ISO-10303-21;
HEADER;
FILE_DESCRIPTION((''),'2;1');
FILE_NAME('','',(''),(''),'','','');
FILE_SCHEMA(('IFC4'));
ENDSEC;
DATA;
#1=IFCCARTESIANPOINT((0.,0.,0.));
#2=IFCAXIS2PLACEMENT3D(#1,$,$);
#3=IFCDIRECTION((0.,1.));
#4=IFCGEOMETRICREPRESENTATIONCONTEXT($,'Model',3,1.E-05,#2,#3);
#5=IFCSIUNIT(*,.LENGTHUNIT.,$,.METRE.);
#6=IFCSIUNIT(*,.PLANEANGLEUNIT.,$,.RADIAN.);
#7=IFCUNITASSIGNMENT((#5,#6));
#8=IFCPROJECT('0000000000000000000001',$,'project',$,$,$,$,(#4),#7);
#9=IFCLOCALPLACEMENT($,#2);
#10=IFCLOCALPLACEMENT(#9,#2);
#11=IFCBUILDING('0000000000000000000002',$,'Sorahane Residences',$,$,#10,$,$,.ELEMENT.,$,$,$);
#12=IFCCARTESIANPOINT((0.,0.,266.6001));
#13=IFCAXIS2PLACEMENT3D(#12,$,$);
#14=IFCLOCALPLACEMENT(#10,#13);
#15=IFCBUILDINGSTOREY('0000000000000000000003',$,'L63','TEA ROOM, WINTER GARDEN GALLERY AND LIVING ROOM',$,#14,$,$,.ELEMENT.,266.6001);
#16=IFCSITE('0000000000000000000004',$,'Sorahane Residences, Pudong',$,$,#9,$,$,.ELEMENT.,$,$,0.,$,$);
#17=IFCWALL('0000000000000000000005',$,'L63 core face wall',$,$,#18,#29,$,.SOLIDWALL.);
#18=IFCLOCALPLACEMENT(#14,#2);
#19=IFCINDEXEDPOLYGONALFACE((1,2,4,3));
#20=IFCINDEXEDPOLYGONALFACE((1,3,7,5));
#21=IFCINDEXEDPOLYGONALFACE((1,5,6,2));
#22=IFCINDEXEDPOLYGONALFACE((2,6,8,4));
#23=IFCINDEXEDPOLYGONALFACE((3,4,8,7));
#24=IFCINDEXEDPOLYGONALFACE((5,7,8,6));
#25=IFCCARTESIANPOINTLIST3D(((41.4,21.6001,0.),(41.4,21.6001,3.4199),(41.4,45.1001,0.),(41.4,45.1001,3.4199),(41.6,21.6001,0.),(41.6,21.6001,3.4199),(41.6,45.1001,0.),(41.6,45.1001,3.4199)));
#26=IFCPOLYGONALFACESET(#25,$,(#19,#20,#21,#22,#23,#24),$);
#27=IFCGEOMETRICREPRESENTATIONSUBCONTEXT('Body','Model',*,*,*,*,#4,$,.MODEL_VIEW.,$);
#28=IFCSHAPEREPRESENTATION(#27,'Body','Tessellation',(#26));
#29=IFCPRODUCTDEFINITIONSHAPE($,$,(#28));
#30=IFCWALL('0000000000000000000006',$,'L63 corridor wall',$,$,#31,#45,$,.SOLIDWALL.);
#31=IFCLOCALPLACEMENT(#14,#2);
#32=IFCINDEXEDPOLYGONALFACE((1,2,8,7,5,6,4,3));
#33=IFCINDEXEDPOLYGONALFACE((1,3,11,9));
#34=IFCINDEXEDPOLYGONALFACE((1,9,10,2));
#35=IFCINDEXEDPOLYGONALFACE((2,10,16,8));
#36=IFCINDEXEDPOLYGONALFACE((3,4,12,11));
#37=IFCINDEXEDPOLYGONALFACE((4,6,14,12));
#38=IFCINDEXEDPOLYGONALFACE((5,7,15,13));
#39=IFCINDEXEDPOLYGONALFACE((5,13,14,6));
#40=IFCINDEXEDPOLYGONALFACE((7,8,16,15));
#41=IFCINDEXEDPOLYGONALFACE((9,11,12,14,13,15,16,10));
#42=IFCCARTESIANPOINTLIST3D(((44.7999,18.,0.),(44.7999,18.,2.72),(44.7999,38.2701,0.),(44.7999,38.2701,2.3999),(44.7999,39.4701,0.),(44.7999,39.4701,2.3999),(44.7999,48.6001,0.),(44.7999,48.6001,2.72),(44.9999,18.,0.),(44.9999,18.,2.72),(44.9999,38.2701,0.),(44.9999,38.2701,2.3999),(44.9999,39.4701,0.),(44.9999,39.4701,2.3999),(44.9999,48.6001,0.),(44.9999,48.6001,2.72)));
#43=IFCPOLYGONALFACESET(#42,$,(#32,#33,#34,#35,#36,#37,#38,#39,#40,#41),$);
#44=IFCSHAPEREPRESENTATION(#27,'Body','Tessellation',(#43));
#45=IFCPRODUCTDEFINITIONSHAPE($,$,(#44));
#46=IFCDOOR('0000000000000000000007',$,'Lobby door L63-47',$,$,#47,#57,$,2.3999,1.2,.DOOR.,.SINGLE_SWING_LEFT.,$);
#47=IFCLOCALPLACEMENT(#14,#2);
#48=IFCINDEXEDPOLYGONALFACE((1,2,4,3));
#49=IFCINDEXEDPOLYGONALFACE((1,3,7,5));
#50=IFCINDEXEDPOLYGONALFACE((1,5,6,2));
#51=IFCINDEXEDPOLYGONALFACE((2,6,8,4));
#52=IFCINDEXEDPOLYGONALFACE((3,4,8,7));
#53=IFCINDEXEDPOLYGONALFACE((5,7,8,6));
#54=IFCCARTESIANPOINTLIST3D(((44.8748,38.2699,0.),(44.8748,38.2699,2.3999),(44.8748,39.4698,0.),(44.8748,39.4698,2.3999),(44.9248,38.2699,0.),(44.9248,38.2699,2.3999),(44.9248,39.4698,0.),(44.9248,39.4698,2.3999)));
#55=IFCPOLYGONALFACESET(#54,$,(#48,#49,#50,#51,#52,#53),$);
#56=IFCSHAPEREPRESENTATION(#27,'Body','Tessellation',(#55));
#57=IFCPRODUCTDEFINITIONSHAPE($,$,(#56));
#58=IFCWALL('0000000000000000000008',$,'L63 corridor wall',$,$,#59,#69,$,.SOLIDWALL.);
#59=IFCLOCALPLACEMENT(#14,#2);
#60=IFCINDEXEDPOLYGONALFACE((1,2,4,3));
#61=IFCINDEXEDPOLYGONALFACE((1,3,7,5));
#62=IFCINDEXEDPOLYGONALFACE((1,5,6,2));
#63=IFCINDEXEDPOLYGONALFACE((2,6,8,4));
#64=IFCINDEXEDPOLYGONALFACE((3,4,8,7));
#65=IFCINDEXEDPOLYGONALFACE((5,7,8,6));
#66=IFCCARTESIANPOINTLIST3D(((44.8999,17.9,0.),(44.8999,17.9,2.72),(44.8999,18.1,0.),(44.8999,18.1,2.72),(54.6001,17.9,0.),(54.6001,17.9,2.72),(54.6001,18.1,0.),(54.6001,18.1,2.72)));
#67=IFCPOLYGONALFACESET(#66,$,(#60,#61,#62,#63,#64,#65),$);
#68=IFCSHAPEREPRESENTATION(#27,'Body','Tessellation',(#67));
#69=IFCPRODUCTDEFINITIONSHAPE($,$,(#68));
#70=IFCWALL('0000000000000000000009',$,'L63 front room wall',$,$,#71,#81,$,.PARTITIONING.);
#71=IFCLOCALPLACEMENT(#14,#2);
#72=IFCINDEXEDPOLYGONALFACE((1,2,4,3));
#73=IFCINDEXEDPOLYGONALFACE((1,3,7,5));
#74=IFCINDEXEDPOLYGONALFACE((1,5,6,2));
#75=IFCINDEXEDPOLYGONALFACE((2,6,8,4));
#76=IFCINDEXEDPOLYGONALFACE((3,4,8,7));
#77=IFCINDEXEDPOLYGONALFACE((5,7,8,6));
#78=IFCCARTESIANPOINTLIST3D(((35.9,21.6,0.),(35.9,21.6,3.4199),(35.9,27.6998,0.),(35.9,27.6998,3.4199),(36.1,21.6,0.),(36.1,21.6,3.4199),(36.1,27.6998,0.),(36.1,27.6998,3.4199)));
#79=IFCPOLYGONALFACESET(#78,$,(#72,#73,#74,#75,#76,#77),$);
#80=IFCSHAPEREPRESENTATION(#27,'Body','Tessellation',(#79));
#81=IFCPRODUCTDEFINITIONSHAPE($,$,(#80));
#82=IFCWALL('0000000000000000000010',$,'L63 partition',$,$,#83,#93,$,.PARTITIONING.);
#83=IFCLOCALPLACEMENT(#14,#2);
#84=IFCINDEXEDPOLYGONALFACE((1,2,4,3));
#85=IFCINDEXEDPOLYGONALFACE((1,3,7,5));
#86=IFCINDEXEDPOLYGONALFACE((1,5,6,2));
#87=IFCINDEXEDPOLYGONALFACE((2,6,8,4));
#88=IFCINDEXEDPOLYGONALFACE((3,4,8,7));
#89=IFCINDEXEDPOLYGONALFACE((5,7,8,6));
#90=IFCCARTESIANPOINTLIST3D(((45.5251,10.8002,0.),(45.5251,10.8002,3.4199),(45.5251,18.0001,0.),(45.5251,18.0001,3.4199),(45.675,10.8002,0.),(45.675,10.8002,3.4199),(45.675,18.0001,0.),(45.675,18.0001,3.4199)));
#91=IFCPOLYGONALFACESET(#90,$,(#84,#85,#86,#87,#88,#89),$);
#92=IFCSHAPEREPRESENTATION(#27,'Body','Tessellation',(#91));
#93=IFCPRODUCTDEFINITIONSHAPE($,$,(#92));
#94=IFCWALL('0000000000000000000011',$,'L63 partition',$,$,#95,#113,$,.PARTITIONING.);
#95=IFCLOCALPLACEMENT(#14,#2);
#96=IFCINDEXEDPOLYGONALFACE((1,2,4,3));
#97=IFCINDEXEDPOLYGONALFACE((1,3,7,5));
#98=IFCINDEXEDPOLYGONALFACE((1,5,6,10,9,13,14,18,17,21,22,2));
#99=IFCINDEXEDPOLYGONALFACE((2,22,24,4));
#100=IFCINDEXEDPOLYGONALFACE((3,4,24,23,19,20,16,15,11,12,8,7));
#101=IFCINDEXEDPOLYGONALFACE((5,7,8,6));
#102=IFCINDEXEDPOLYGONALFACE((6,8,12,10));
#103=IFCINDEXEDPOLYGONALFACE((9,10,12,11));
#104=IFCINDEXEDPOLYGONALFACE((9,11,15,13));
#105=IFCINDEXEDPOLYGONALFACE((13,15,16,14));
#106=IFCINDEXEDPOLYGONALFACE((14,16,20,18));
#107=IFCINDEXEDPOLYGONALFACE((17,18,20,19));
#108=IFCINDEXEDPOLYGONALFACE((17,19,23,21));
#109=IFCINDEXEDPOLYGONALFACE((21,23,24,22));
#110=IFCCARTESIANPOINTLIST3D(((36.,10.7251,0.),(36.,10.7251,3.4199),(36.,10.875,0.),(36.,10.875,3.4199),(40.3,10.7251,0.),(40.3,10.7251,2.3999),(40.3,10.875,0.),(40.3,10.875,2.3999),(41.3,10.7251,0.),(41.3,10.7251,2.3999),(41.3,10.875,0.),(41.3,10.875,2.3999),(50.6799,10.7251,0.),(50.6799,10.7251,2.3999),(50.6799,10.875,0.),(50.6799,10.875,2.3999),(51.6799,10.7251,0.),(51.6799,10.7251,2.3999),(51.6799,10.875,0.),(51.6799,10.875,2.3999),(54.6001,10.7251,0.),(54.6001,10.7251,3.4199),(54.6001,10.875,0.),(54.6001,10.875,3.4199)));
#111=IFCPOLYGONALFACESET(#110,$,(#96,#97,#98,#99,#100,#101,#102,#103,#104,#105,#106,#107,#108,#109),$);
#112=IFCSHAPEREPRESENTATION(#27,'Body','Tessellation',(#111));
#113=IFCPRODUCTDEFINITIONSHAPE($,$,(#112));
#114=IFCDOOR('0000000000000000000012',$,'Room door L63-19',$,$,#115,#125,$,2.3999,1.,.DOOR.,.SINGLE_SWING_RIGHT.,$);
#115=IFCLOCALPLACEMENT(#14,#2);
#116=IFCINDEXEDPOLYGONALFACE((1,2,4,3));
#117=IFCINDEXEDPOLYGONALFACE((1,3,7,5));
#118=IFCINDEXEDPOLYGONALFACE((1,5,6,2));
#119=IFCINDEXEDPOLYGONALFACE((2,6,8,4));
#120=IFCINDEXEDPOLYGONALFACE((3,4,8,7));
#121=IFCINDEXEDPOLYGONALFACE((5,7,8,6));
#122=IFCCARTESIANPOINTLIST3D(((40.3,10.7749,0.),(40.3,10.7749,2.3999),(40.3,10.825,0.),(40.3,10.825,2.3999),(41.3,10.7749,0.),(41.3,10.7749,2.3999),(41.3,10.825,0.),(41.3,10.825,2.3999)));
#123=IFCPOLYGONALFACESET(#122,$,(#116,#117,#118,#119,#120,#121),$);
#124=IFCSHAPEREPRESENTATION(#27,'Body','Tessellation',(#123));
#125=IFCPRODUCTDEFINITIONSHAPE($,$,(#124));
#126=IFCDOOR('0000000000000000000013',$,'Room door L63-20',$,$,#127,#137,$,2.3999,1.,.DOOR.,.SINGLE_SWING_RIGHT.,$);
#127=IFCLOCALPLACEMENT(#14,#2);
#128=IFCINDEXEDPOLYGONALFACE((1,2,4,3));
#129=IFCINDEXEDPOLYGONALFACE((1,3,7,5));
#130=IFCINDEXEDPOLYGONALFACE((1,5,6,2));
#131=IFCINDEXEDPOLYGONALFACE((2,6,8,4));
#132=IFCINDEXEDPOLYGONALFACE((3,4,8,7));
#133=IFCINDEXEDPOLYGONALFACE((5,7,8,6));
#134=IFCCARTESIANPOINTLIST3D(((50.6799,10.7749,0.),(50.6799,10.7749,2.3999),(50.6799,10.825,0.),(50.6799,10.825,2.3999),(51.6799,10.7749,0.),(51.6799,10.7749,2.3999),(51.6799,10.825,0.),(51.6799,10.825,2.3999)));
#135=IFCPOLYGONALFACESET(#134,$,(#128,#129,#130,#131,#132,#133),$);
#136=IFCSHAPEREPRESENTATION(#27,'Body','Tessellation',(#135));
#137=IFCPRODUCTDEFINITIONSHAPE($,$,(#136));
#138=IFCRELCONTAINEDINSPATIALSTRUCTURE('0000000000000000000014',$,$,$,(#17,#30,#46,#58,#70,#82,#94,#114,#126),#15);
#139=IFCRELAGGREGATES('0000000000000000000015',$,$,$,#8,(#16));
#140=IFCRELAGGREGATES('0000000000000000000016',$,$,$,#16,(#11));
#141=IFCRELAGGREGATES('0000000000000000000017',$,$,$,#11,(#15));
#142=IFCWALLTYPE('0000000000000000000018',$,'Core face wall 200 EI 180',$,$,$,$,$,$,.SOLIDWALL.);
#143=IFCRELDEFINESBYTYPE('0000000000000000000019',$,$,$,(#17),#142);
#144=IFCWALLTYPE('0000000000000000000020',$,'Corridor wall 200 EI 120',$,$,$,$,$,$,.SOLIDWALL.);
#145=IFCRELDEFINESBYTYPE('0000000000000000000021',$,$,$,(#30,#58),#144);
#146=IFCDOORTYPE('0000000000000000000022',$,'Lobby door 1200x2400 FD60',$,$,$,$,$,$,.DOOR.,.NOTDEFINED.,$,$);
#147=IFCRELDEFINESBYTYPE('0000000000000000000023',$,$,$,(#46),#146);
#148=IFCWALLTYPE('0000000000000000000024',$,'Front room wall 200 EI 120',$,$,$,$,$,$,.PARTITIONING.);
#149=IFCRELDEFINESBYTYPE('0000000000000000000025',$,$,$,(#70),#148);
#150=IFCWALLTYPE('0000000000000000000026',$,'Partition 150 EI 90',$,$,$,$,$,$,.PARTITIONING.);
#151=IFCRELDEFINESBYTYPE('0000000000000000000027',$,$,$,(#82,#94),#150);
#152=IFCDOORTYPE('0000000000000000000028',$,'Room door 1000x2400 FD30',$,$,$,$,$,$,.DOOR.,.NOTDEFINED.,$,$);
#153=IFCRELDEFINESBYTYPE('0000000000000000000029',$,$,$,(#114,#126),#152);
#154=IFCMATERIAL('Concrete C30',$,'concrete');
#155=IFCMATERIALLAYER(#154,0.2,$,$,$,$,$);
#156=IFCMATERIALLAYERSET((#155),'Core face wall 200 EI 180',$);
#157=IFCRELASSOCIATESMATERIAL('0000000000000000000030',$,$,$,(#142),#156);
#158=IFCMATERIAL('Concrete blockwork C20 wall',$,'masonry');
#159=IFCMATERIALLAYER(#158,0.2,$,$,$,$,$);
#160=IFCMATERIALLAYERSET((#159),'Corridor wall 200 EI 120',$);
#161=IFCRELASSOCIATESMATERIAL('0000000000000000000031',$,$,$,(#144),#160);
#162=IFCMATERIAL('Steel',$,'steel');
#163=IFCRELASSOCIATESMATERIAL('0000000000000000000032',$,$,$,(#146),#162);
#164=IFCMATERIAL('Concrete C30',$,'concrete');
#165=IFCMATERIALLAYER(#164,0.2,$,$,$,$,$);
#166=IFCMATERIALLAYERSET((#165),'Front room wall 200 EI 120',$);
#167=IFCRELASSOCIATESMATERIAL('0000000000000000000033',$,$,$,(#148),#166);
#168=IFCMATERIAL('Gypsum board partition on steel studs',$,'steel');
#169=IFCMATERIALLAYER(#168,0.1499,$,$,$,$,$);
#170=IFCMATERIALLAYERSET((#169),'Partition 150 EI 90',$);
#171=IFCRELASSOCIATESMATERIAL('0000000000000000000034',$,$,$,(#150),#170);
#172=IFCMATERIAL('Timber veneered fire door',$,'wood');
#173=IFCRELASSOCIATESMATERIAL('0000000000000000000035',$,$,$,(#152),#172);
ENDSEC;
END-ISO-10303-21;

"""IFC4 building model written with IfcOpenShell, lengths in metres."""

from ifc_helpers import new_model, si_unit, direction, frame, frame_2d, origin, place, context, subcontext, project, spatial, rectangle, extrude, material, layer, layer_set, type_object, element, fill, save


model = new_model("IFC4")

# Units and contexts
model_context = context("Model", 3, precision=1e-05, world=origin(), true_north=direction((0.0, 1.0)))
body_context = subcontext(model_context, "Body", "Model", "MODEL_VIEW")
ifc_project = project(units=[si_unit("LENGTHUNIT", "METRE"), si_unit("PLANEANGLEUNIT", "RADIAN")], contexts=[model_context])

# Site, building, storey
site_placement = place(None, origin())
site = spatial("IfcSite", under=ifc_project, at=site_placement, Name="Sorahane Residences, Pudong", CompositionType="ELEMENT", RefElevation=0.0)
building_placement = place(site_placement, origin())
building = spatial("IfcBuilding", under=site, at=building_placement, Name="Sorahane Residences", CompositionType="ELEMENT")
storey_placement = place(building_placement, frame((0.0, 0.0, 266.6001)))
storey = spatial("IfcBuildingStorey", under=building, at=storey_placement, Name="L63", Description="TEA ROOM, WINTER GARDEN GALLERY AND LIVING ROOM", CompositionType="ELEMENT", Elevation=266.6001)

# Wall
ifc_material_1 = material(Name="Concrete C30", Category="concrete")
ifc_layer_1 = layer(ifc_material_1, 0.2)
ifc_layer_set_1 = layer_set([ifc_layer_1], Name="Core face wall 200 EI 180")
wall_type_1 = type_object("IfcWallType", Name="Core face wall 200 EI 180", PredefinedType="SOLIDWALL", material=ifc_layer_set_1)
wall_1_placement = place(storey_placement, frame((41.5, 21.6001, 0.0), z_axis=(0.0, 0.0, 1.0), x_axis=(0.0, 1.0, 0.0)))
element("IfcWall", 1, at=wall_1_placement, inside=storey, type_object=wall_type_1, Name="L63 core face wall", PredefinedType="SOLIDWALL", context=body_context, shape_type="SweptSolid", body=[
    extrude(rectangle(XDim=23.5, YDim=0.2, at=frame_2d((11.75, 0.0))), origin(), (0.0, 0.0, 1.0), 3.4199),
])

# Wall, opening, door
ifc_material_2 = material(Name="Concrete blockwork C20 wall", Category="masonry")
ifc_layer_2 = layer(ifc_material_2, 0.2)
ifc_layer_set_2 = layer_set([ifc_layer_2], Name="Corridor wall 200 EI 120")
wall_type_2 = type_object("IfcWallType", Name="Corridor wall 200 EI 120", PredefinedType="SOLIDWALL", material=ifc_layer_set_2)
wall_2_placement = place(storey_placement, frame((44.8999, 18.0, 0.0), z_axis=(0.0, 0.0, 1.0), x_axis=(0.0, 1.0, 0.0)))
wall_2 = element("IfcWall", 2, at=wall_2_placement, inside=storey, type_object=wall_type_2, Name="L63 corridor wall", PredefinedType="SOLIDWALL", context=body_context, shape_type="SweptSolid", body=[
    extrude(rectangle(XDim=30.6001, YDim=0.2, at=frame_2d((15.3, 0.0))), origin(), (0.0, 0.0, 1.0), 2.72),
])
opening_1_placement = place(wall_2_placement, frame((20.27, 0.0, 0.0)))
opening_1 = element("IfcOpeningElement", 3, at=opening_1_placement, cuts=wall_2, PredefinedType="OPENING", context=body_context, shape_type="SweptSolid", body=[
    extrude(rectangle(XDim=1.2, YDim=2.3999, at=frame_2d((0.6001, 1.2))), frame((0.0, 0.1099, 0.0), z_axis=(0.0, -1.0, 0.0), x_axis=(1.0, 0.0, 0.0)), (0.0, 0.0, 1.0), 0.22),
])
ifc_material_3 = material(Name="Steel", Category="steel")
door_type_1 = type_object("IfcDoorType", Name="Lobby door 1200x2400 FD60", OperationType="NOTDEFINED", PredefinedType="DOOR", material=ifc_material_3)
door_1_placement = place(opening_1_placement, frame((1.2, 0.0, 0.0), z_axis=(0.0, 0.0, 1.0), x_axis=(-1.0, 0.0, 0.0)))
door_1 = element("IfcDoor", 4, at=door_1_placement, inside=storey, type_object=door_type_1, Name="Lobby door L63-47", OperationType="SINGLE_SWING_LEFT", OverallHeight=2.3999, OverallWidth=1.2, PredefinedType="DOOR", context=body_context, shape_type="SweptSolid", body=[
    extrude(rectangle(XDim=1.2, YDim=2.3999, at=frame_2d((0.6001, 1.2))), frame((0.0, 0.0249, 0.0), z_axis=(0.0, -1.0, 0.0), x_axis=(1.0, 0.0, 0.0)), (0.0, 0.0, 1.0), 0.05),
])
fill(opening_1, door_1)

# Walls
wall_3_placement = place(storey_placement, frame((44.8999, 18.0, 0.0), z_axis=(0.0, 0.0, 1.0), x_axis=(1.0, 0.0, 0.0)))
element("IfcWall", 5, at=wall_3_placement, inside=storey, type_object=wall_type_2, Name="L63 corridor wall", PredefinedType="SOLIDWALL", context=body_context, shape_type="SweptSolid", body=[
    extrude(rectangle(XDim=9.7002, YDim=0.2, at=frame_2d((4.8501, 0.0))), origin(), (0.0, 0.0, 1.0), 2.72),
])
ifc_material_4 = material(Name="Concrete C30", Category="concrete")
ifc_layer_3 = layer(ifc_material_4, 0.2)
ifc_layer_set_3 = layer_set([ifc_layer_3], Name="Front room wall 200 EI 120")
wall_type_3 = type_object("IfcWallType", Name="Front room wall 200 EI 120", PredefinedType="PARTITIONING", material=ifc_layer_set_3)
wall_4_placement = place(storey_placement, frame((36.0, 21.6001, 0.0), z_axis=(0.0, 0.0, 1.0), x_axis=(0.0, 1.0, 0.0)))
element("IfcWall", 6, at=wall_4_placement, inside=storey, type_object=wall_type_3, Name="L63 front room wall", PredefinedType="PARTITIONING", context=body_context, shape_type="SweptSolid", body=[
    extrude(rectangle(XDim=6.0999, YDim=0.2, at=frame_2d((3.0498, 0.0))), origin(), (0.0, 0.0, 1.0), 3.4199),
])
ifc_material_5 = material(Name="Gypsum board partition on steel studs", Category="steel")
ifc_layer_4 = layer(ifc_material_5, 0.1499)
ifc_layer_set_4 = layer_set([ifc_layer_4], Name="Partition 150 EI 90")
wall_type_4 = type_object("IfcWallType", Name="Partition 150 EI 90", PredefinedType="PARTITIONING", material=ifc_layer_set_4)
wall_5_placement = place(storey_placement, frame((45.6001, 10.8, 0.0), z_axis=(0.0, 0.0, 1.0), x_axis=(0.0, 1.0, 0.0)))
element("IfcWall", 7, at=wall_5_placement, inside=storey, type_object=wall_type_4, Name="L63 partition", PredefinedType="PARTITIONING", context=body_context, shape_type="SweptSolid", body=[
    extrude(rectangle(XDim=7.2, YDim=0.1499, at=frame_2d((3.6001, 0.0))), origin(), (0.0, 0.0, 1.0), 3.4199),
])

# Wall, openings, doors
wall_6_placement = place(storey_placement, frame((36.0, 10.8, 0.0), z_axis=(0.0, 0.0, 1.0), x_axis=(1.0, 0.0, 0.0)))
wall_6 = element("IfcWall", 8, at=wall_6_placement, inside=storey, type_object=wall_type_4, Name="L63 partition", PredefinedType="PARTITIONING", context=body_context, shape_type="SweptSolid", body=[
    extrude(rectangle(XDim=18.6001, YDim=0.1499, at=frame_2d((9.3, 0.0))), origin(), (0.0, 0.0, 1.0), 3.4199),
])
opening_2_placement = place(wall_6_placement, frame((4.3, 0.0, 0.0)))
opening_2 = element("IfcOpeningElement", 9, at=opening_2_placement, cuts=wall_6, PredefinedType="OPENING", context=body_context, shape_type="SweptSolid", body=[
    extrude(rectangle(XDim=1.0, YDim=2.3999, at=frame_2d((0.5, 1.2))), frame((0.0, 0.085, 0.0), z_axis=(0.0, -1.0, 0.0), x_axis=(1.0, 0.0, 0.0)), (0.0, 0.0, 1.0), 0.1699),
])
opening_3_placement = place(wall_6_placement, frame((14.6799, 0.0, 0.0)))
opening_3 = element("IfcOpeningElement", 10, at=opening_3_placement, cuts=wall_6, PredefinedType="OPENING", context=body_context, shape_type="SweptSolid", body=[
    extrude(rectangle(XDim=1.0, YDim=2.3999, at=frame_2d((0.5, 1.2))), frame((0.0, 0.085, 0.0), z_axis=(0.0, -1.0, 0.0), x_axis=(1.0, 0.0, 0.0)), (0.0, 0.0, 1.0), 0.1699),
])
ifc_material_6 = material(Name="Timber veneered fire door", Category="wood")
door_type_2 = type_object("IfcDoorType", Name="Room door 1000x2400 FD30", OperationType="NOTDEFINED", PredefinedType="DOOR", material=ifc_material_6)
door_2_placement = place(opening_2_placement, origin())
door_2 = element("IfcDoor", 11, at=door_2_placement, inside=storey, type_object=door_type_2, Name="Room door L63-19", OperationType="SINGLE_SWING_RIGHT", OverallHeight=2.3999, OverallWidth=1.0, PredefinedType="DOOR", context=body_context, shape_type="SweptSolid", body=[
    extrude(rectangle(XDim=1.0, YDim=2.3999, at=frame_2d((0.5, 1.2))), frame((0.0, 0.0249, 0.0), z_axis=(0.0, -1.0, 0.0), x_axis=(1.0, 0.0, 0.0)), (0.0, 0.0, 1.0), 0.05),
])
fill(opening_2, door_2)
door_3_placement = place(opening_3_placement, origin())
door_3 = element("IfcDoor", 12, at=door_3_placement, inside=storey, type_object=door_type_2, Name="Room door L63-20", OperationType="SINGLE_SWING_RIGHT", OverallHeight=2.3999, OverallWidth=1.0, PredefinedType="DOOR", context=body_context, shape_type="SweptSolid", body=[
    extrude(rectangle(XDim=1.0, YDim=2.3999, at=frame_2d((0.5, 1.2))), frame((0.0, 0.0249, 0.0), z_axis=(0.0, -1.0, 0.0), x_axis=(1.0, 0.0, 0.0)), (0.0, 0.0, 1.0), 0.05),
])
fill(opening_3, door_3)

save(model, "model.ifc")
